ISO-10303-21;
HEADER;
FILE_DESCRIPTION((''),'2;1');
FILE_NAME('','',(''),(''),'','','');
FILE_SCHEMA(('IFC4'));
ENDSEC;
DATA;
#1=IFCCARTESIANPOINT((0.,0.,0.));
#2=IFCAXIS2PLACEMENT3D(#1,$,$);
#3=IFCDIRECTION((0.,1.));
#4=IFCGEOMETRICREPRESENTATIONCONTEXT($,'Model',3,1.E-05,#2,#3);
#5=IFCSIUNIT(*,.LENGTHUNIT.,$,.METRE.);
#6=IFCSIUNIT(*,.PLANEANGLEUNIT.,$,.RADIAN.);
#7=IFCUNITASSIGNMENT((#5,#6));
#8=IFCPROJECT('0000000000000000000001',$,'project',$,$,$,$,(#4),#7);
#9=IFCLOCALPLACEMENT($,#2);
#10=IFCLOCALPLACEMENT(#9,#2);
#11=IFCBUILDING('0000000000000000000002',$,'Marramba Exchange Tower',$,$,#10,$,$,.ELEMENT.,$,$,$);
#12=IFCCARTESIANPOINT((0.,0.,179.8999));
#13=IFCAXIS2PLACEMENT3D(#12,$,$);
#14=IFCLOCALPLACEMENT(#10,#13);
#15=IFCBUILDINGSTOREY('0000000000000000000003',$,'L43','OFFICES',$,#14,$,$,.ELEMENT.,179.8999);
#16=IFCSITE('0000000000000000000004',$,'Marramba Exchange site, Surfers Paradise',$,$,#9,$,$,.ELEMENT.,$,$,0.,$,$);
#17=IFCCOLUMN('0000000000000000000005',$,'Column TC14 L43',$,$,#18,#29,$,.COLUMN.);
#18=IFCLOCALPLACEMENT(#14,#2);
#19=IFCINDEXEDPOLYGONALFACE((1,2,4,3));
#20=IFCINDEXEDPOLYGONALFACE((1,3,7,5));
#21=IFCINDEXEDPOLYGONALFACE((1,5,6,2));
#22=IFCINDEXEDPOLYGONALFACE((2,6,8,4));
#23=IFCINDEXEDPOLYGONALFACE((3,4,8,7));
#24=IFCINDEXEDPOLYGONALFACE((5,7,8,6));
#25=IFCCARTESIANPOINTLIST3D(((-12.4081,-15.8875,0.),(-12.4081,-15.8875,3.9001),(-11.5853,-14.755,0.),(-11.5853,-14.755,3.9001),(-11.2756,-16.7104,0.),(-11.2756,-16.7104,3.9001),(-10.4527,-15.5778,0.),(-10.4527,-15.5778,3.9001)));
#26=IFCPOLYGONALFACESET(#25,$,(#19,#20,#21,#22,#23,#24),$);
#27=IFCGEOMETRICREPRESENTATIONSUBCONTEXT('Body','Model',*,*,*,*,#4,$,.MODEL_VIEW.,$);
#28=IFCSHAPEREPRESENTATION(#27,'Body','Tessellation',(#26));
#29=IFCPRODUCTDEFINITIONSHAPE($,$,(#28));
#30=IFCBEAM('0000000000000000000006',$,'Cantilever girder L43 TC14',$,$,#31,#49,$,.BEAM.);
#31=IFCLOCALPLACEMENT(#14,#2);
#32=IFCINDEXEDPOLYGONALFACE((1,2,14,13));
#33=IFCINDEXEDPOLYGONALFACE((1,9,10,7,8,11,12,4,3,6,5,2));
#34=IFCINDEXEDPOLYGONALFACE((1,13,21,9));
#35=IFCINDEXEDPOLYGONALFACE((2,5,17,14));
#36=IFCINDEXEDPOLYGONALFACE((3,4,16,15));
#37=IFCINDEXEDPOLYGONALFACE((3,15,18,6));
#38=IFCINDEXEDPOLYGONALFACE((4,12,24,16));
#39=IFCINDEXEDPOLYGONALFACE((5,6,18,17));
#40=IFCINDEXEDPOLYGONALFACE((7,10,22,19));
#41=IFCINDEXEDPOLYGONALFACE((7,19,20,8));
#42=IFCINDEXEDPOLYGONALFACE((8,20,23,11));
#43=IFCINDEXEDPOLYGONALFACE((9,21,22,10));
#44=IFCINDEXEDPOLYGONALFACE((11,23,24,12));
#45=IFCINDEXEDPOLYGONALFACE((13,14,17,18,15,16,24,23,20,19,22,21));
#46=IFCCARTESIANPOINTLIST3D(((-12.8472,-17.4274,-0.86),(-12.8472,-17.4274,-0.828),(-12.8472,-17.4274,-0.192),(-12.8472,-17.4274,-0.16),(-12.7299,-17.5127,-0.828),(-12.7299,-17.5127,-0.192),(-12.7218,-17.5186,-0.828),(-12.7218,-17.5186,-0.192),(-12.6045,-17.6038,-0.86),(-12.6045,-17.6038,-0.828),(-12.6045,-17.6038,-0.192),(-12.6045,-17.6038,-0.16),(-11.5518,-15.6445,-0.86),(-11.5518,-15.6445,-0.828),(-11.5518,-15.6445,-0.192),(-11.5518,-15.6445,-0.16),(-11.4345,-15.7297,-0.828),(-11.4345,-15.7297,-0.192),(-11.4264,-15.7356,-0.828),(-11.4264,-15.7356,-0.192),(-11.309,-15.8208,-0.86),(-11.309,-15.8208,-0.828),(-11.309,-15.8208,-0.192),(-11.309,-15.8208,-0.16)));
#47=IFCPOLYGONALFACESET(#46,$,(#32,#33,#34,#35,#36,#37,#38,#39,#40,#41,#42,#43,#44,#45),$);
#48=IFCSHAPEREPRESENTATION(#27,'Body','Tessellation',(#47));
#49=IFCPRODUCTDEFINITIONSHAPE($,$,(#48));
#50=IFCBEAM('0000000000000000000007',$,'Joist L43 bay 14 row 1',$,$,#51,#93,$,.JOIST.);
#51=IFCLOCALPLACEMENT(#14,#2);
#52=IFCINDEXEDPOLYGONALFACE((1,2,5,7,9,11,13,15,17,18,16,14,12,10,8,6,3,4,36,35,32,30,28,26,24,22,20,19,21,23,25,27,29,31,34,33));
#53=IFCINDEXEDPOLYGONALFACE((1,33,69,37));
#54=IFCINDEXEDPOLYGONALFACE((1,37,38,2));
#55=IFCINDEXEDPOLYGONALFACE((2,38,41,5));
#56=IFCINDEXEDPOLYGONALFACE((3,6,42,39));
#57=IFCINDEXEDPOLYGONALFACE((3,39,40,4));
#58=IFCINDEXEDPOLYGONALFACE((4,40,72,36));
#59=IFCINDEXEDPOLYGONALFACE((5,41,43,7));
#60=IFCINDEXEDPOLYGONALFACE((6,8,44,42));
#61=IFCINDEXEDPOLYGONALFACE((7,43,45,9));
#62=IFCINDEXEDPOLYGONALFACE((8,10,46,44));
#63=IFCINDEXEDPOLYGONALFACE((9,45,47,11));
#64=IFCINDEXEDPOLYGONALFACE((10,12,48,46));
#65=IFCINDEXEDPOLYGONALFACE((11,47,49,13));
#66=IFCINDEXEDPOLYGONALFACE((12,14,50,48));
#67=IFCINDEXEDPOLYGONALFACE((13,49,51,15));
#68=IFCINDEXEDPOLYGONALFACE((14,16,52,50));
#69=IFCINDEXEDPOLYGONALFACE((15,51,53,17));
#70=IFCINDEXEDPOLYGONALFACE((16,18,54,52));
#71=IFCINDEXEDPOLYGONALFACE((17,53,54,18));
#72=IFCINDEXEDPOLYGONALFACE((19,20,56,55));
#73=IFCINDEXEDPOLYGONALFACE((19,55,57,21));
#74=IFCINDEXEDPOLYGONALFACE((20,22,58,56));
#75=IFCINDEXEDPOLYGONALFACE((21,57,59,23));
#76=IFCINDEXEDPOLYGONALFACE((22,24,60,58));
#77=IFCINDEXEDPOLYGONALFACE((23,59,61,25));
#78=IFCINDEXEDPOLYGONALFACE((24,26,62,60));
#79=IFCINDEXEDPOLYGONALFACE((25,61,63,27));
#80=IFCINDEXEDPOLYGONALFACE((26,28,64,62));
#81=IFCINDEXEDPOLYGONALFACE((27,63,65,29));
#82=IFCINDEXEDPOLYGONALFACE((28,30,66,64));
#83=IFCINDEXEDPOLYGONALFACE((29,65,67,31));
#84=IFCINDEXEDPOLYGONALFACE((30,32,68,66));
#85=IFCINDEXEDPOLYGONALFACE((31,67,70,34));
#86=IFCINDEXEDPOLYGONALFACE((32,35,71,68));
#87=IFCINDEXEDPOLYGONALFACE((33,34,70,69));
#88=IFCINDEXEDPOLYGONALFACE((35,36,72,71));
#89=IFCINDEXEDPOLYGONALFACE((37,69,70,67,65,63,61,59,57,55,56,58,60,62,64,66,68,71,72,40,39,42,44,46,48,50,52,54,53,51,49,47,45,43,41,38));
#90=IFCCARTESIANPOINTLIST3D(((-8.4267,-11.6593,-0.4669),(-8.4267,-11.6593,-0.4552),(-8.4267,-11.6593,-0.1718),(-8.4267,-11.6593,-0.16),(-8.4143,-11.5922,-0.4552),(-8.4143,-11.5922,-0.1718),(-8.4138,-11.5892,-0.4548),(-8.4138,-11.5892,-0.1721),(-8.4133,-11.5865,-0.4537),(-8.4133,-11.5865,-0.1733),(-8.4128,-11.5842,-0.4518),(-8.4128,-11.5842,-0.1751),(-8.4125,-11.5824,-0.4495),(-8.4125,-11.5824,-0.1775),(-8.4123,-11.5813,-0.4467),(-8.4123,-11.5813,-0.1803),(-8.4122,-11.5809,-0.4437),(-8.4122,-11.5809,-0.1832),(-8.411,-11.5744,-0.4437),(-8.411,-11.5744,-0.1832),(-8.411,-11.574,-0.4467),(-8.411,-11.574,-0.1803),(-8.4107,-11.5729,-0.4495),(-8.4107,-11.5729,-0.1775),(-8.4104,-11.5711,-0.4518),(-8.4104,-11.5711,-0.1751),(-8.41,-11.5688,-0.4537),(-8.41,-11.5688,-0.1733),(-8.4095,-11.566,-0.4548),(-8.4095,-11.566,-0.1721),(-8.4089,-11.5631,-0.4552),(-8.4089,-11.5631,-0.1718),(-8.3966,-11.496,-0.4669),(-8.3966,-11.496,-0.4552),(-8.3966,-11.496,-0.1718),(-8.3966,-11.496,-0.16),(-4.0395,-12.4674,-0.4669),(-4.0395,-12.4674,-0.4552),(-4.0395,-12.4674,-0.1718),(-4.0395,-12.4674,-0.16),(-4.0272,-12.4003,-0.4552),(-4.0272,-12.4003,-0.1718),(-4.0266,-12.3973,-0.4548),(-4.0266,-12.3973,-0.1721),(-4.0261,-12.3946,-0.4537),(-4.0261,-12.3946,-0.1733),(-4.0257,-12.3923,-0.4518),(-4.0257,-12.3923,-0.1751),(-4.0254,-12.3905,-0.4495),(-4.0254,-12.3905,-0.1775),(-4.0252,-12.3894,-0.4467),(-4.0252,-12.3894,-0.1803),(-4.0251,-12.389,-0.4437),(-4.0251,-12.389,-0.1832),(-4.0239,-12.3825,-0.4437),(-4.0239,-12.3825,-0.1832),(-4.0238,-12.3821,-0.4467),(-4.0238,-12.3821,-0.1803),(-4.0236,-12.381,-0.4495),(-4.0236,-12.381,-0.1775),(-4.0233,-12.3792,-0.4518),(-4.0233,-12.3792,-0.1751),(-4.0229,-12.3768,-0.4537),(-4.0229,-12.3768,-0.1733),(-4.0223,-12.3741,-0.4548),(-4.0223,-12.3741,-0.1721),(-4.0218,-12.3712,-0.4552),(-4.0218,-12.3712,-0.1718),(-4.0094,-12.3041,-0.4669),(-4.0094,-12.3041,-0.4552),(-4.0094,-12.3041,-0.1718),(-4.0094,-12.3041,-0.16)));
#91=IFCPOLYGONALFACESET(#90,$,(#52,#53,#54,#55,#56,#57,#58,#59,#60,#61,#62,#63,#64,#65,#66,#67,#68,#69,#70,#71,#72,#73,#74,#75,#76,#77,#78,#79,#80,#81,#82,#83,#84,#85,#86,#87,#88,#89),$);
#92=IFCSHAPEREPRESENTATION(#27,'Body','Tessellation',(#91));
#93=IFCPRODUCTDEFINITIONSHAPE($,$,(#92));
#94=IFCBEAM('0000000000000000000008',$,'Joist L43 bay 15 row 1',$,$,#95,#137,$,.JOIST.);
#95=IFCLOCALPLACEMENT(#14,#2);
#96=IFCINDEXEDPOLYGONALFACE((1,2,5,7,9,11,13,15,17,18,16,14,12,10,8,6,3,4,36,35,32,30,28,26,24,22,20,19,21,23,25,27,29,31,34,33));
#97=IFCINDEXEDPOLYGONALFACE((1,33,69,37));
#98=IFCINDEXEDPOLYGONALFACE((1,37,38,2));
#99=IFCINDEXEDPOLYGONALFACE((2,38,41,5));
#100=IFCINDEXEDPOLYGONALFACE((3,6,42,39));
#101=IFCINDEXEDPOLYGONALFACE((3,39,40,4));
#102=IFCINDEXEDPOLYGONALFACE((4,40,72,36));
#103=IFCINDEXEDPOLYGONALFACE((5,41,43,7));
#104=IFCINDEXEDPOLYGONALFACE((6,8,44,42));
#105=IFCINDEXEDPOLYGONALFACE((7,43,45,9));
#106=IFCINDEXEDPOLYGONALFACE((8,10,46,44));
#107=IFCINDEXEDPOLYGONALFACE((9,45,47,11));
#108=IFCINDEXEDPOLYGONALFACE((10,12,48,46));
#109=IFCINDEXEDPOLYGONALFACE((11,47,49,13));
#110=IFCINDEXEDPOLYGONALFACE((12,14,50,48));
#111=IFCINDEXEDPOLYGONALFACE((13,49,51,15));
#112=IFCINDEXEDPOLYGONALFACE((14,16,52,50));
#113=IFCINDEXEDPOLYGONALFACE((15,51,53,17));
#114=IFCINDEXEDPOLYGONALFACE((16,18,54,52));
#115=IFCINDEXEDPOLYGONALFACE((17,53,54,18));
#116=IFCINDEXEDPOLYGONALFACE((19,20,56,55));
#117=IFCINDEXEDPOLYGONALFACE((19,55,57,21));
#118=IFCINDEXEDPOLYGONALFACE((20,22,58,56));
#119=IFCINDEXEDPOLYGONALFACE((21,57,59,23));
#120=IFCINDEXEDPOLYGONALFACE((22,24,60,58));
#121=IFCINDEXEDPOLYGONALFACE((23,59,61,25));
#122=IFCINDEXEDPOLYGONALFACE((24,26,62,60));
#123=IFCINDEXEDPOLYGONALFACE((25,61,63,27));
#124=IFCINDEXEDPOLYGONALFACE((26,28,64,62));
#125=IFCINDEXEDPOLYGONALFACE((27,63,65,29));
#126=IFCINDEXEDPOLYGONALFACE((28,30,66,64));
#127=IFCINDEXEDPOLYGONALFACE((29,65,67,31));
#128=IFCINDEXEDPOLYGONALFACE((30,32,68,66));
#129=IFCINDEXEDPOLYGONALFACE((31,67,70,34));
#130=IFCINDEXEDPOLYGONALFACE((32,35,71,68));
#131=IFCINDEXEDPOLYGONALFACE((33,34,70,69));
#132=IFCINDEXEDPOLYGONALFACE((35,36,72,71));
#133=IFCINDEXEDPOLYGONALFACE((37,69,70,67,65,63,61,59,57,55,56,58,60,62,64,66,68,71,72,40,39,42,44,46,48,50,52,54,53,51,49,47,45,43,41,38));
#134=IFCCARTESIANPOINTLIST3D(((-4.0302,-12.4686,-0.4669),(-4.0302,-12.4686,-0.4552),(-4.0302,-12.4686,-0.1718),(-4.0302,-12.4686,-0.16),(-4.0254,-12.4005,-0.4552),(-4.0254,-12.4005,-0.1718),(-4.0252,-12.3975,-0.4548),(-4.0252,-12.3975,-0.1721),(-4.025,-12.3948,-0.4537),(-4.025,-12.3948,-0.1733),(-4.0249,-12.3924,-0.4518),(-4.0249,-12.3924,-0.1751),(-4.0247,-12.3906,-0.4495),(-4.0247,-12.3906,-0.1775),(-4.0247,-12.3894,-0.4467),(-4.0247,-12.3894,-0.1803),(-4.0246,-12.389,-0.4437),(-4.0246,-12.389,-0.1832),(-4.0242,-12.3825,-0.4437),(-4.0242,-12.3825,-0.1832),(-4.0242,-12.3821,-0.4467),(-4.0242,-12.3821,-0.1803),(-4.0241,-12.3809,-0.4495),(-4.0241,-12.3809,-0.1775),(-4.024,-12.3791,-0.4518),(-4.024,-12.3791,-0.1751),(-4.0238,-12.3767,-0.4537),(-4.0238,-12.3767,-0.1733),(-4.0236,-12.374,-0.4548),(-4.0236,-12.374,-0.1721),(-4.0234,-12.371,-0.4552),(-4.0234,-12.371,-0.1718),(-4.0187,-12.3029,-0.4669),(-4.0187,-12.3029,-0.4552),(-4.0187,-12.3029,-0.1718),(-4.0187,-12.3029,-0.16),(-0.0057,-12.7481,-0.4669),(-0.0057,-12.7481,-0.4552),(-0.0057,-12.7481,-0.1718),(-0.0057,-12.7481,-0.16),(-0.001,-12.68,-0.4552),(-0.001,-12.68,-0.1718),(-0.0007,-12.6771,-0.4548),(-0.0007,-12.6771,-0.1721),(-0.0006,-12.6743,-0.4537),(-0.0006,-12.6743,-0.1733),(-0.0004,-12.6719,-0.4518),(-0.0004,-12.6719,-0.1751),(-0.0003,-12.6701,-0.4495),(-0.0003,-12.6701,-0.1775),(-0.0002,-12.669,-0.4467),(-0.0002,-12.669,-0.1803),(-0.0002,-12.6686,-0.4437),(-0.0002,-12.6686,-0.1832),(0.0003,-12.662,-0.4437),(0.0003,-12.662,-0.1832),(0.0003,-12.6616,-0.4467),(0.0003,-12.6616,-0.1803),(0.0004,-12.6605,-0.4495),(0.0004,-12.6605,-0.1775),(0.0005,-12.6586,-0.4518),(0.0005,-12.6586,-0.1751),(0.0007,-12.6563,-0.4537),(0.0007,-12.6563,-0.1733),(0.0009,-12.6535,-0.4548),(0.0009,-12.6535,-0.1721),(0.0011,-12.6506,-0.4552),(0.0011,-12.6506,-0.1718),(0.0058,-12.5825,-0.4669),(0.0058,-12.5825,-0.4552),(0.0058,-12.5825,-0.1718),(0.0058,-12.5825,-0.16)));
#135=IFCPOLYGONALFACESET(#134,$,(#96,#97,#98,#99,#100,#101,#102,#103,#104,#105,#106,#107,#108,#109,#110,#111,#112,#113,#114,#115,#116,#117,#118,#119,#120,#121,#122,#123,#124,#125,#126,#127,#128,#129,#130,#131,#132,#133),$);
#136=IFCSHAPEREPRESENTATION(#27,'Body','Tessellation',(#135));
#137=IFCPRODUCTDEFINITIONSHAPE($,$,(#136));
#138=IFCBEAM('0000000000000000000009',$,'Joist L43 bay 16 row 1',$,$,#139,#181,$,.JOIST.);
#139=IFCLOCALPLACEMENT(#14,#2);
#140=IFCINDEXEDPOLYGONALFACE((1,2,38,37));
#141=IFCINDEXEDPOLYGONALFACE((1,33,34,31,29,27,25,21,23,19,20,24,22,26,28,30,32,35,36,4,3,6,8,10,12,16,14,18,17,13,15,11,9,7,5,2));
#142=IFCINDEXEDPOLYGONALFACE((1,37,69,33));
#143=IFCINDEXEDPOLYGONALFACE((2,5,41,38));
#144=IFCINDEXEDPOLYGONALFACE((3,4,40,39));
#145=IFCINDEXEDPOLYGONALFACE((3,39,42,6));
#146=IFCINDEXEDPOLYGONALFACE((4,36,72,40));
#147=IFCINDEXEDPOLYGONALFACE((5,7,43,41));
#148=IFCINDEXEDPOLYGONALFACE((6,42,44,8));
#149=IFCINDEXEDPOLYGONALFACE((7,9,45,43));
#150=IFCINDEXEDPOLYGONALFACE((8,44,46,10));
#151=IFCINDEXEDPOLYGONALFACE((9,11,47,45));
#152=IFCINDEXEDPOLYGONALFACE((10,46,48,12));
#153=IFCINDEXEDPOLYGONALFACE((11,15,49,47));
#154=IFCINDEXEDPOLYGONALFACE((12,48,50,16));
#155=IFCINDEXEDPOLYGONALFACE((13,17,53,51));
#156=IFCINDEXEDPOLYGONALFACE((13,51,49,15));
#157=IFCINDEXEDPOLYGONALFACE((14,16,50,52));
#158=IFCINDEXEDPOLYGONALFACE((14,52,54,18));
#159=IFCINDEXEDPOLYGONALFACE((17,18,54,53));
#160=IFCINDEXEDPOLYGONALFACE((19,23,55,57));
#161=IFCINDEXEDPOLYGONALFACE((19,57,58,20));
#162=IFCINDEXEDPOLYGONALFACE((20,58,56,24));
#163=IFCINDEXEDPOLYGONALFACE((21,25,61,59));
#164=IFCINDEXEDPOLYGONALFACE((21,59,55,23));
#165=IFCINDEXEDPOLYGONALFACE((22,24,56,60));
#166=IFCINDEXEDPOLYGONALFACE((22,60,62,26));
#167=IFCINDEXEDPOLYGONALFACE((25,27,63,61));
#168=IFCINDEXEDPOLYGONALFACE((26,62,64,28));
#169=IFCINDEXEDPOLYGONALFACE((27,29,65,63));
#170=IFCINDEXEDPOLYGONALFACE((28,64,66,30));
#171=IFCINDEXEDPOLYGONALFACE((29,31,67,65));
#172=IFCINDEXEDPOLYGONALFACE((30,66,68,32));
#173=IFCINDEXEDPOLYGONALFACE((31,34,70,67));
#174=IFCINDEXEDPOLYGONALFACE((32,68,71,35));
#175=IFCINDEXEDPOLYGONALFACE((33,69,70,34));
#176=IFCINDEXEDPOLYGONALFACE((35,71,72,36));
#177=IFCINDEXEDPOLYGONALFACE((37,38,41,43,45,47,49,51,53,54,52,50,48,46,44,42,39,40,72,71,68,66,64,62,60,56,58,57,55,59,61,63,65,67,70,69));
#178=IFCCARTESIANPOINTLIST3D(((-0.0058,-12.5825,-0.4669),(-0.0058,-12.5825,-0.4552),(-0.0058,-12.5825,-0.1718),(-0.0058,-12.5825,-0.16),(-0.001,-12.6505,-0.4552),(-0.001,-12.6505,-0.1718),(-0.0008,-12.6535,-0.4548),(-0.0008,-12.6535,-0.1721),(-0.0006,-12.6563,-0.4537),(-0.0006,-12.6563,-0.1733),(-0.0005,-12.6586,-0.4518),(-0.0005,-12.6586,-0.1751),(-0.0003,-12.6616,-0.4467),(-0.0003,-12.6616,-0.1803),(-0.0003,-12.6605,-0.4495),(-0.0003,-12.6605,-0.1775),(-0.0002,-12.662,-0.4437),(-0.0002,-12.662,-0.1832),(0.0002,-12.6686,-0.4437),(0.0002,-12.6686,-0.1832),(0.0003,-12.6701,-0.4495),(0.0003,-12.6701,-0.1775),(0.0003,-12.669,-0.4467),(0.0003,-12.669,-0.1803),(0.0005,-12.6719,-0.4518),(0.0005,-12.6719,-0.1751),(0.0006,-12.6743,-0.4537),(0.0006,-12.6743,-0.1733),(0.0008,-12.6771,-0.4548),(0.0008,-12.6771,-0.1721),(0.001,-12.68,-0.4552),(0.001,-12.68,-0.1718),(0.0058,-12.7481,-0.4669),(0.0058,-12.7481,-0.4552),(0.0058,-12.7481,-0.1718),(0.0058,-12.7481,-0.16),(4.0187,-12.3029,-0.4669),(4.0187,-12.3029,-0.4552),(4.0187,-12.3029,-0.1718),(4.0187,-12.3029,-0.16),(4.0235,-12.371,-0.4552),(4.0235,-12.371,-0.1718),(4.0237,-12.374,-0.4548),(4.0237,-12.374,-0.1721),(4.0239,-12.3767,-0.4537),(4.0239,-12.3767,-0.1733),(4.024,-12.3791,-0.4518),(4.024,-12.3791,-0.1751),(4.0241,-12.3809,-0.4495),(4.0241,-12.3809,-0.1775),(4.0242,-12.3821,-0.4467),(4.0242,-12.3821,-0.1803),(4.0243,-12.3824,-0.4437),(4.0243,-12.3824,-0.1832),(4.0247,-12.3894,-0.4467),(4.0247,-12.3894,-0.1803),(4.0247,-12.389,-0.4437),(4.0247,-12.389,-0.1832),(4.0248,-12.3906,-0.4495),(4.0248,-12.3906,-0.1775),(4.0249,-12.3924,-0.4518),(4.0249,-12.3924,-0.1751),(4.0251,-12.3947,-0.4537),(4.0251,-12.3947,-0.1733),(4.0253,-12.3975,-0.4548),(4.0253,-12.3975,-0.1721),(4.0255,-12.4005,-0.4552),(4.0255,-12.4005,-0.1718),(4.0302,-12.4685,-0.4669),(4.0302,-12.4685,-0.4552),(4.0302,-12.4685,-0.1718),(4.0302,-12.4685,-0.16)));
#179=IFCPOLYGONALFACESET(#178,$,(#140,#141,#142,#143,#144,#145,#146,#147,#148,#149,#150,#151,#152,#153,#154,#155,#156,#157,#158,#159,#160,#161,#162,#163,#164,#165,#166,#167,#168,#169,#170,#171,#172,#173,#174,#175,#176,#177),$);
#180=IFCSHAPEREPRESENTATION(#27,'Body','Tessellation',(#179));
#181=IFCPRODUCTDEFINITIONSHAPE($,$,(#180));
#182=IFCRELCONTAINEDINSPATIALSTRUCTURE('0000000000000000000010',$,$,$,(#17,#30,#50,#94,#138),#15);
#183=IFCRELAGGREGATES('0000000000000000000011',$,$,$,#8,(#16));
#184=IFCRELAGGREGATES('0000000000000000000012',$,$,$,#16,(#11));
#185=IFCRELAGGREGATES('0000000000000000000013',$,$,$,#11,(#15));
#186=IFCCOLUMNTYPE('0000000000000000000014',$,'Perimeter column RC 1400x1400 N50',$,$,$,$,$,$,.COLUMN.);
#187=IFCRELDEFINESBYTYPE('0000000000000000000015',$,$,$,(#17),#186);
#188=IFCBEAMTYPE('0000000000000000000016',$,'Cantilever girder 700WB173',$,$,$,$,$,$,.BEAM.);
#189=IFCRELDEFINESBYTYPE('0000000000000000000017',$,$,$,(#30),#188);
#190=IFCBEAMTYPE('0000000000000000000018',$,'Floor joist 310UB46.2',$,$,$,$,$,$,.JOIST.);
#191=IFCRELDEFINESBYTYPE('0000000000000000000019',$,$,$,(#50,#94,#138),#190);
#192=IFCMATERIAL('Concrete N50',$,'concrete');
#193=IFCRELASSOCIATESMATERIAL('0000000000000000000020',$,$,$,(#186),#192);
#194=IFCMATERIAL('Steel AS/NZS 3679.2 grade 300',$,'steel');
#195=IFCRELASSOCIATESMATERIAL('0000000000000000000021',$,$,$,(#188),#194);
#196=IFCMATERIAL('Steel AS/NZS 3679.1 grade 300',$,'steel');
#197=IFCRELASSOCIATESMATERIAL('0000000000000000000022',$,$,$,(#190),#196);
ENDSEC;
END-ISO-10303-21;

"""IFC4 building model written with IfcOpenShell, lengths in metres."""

from ifc_helpers import new_model, si_unit, direction, frame, origin, origin_2d, place, context, subcontext, project, spatial, rectangle, i_section, extrude, material, material_profile, profile_set, type_object, element, save


model = new_model("IFC4")

# Units and contexts
model_context = context("Model", 3, precision=1e-05, world=origin(), true_north=direction((0.0, 1.0)))
body_context = subcontext(model_context, "Body", "Model", "MODEL_VIEW")
ifc_project = project(units=[si_unit("LENGTHUNIT", "METRE"), si_unit("PLANEANGLEUNIT", "RADIAN")], contexts=[model_context])

# Site, building, storey
site_placement = place(None, origin())
site = spatial("IfcSite", under=ifc_project, at=site_placement, Name="Marramba Exchange site, Surfers Paradise", CompositionType="ELEMENT", RefElevation=0.0)
building_placement = place(site_placement, origin())
building = spatial("IfcBuilding", under=site, at=building_placement, Name="Marramba Exchange Tower", CompositionType="ELEMENT")
storey_placement = place(building_placement, frame((0.0, 0.0, 179.8999)))
storey = spatial("IfcBuildingStorey", under=building, at=storey_placement, Name="L43", Description="OFFICES", CompositionType="ELEMENT", Elevation=179.8999)

# Column
ifc_material_1 = material(Name="Concrete N50", Category="concrete")
ifc_material_profile_1 = material_profile(ifc_material_1, rectangle(XDim=1.3999, YDim=1.3999, at=origin_2d()), Name="RC 1400x1400")
ifc_profile_set_1 = profile_set([ifc_material_profile_1], Name="Concrete N50")
column_type = type_object("IfcColumnType", Name="Perimeter column RC 1400x1400 N50", PredefinedType="COLUMN", material=ifc_profile_set_1)
column_placement = place(storey_placement, frame((-11.4304, -15.7327, 0.0), z_axis=(0.0, 0.0, 1.0), x_axis=(-0.587785, -0.809017, 0.0)))
element("IfcColumn", 1, at=column_placement, inside=storey, type_object=column_type, Name="Column TC14 L43", PredefinedType="COLUMN", context=body_context, shape_type="SweptSolid", body=[
    extrude(rectangle(XDim=1.3999, YDim=1.3999, at=origin_2d()), origin(), (0.0, 0.0, 1.0), 3.9001),
])

# Beams
ifc_material_2 = material(Name="Steel AS/NZS 3679.2 grade 300", Category="steel")
ifc_material_profile_2 = material_profile(ifc_material_2, i_section(OverallWidth=0.3, OverallDepth=0.7, WebThickness=0.01, FlangeThickness=0.032, at=origin_2d()), Name="700WB173")
ifc_profile_set_2 = profile_set([ifc_material_profile_2], Name="Steel AS/NZS 3679.2 grade 300")
beam_type_1 = type_object("IfcBeamType", Name="Cantilever girder 700WB173", PredefinedType="BEAM", material=ifc_profile_set_2)
beam_1_placement = place(storey_placement, frame((-11.4304, -15.7327, -0.51), z_axis=(-0.58779, -0.809014, 0.0), x_axis=(0.809014, -0.58779, 0.0)))
element("IfcBeam", 2, at=beam_1_placement, inside=storey, type_object=beam_type_1, Name="Cantilever girder L43 TC14", PredefinedType="BEAM", context=body_context, shape_type="SweptSolid", body=[
    extrude(i_section(OverallWidth=0.3, OverallDepth=0.7, WebThickness=0.01, FlangeThickness=0.032, at=origin_2d()), origin(), (0.0, 0.0, 1.0), 2.2039),
])
ifc_material_3 = material(Name="Steel AS/NZS 3679.1 grade 300", Category="steel")
ifc_material_profile_3 = material_profile(ifc_material_3, i_section(OverallWidth=0.166, OverallDepth=0.3069, WebThickness=0.0066, FlangeThickness=0.0117, FilletRadius=0.0115, at=origin_2d()), Name="310UB46.2")
ifc_profile_set_3 = profile_set([ifc_material_profile_3], Name="Steel AS/NZS 3679.1 grade 300")
beam_type_2 = type_object("IfcBeamType", Name="Floor joist 310UB46.2", PredefinedType="JOIST", material=ifc_profile_set_3)
beam_2_placement = place(storey_placement, frame((-8.4116, -11.5776, -0.3135), z_axis=(0.983456, -0.181149, 0.0), x_axis=(0.181149, 0.983456, 0.0)))
element("IfcBeam", 3, at=beam_2_placement, inside=storey, type_object=beam_type_2, Name="Joist L43 bay 14 row 1", PredefinedType="JOIST", context=body_context, shape_type="SweptSolid", body=[
    extrude(i_section(OverallWidth=0.166, OverallDepth=0.3069, WebThickness=0.0066, FlangeThickness=0.0117, FilletRadius=0.0115, at=origin_2d()), origin(), (0.0, 0.0, 1.0), 4.4609),
])
for number, where, z_axis, x_axis, name in (
    (4, (-4.0244, -12.3857, -0.3135), (0.997596, -0.069294, 0.0), (0.069294, 0.997596, 0.0), "Joist L43 bay 15 row 1"),
    (5, (0.0, -12.6653, -0.3135), (0.997596, 0.069294, 0.0), (-0.069294, 0.997596, 0.0), "Joist L43 bay 16 row 1"),
):
    element("IfcBeam", number, at=place(storey_placement, frame(where, z_axis=z_axis, x_axis=x_axis)), inside=storey, type_object=beam_type_2, Name=name, PredefinedType="JOIST", context=body_context, shape_type="SweptSolid", body=[
        extrude(i_section(OverallWidth=0.166, OverallDepth=0.3069, WebThickness=0.0066, FlangeThickness=0.0117, FilletRadius=0.0115, at=origin_2d()), origin(), (0.0, 0.0, 1.0), 4.0342),
    ])

save(model, "model.ifc")
